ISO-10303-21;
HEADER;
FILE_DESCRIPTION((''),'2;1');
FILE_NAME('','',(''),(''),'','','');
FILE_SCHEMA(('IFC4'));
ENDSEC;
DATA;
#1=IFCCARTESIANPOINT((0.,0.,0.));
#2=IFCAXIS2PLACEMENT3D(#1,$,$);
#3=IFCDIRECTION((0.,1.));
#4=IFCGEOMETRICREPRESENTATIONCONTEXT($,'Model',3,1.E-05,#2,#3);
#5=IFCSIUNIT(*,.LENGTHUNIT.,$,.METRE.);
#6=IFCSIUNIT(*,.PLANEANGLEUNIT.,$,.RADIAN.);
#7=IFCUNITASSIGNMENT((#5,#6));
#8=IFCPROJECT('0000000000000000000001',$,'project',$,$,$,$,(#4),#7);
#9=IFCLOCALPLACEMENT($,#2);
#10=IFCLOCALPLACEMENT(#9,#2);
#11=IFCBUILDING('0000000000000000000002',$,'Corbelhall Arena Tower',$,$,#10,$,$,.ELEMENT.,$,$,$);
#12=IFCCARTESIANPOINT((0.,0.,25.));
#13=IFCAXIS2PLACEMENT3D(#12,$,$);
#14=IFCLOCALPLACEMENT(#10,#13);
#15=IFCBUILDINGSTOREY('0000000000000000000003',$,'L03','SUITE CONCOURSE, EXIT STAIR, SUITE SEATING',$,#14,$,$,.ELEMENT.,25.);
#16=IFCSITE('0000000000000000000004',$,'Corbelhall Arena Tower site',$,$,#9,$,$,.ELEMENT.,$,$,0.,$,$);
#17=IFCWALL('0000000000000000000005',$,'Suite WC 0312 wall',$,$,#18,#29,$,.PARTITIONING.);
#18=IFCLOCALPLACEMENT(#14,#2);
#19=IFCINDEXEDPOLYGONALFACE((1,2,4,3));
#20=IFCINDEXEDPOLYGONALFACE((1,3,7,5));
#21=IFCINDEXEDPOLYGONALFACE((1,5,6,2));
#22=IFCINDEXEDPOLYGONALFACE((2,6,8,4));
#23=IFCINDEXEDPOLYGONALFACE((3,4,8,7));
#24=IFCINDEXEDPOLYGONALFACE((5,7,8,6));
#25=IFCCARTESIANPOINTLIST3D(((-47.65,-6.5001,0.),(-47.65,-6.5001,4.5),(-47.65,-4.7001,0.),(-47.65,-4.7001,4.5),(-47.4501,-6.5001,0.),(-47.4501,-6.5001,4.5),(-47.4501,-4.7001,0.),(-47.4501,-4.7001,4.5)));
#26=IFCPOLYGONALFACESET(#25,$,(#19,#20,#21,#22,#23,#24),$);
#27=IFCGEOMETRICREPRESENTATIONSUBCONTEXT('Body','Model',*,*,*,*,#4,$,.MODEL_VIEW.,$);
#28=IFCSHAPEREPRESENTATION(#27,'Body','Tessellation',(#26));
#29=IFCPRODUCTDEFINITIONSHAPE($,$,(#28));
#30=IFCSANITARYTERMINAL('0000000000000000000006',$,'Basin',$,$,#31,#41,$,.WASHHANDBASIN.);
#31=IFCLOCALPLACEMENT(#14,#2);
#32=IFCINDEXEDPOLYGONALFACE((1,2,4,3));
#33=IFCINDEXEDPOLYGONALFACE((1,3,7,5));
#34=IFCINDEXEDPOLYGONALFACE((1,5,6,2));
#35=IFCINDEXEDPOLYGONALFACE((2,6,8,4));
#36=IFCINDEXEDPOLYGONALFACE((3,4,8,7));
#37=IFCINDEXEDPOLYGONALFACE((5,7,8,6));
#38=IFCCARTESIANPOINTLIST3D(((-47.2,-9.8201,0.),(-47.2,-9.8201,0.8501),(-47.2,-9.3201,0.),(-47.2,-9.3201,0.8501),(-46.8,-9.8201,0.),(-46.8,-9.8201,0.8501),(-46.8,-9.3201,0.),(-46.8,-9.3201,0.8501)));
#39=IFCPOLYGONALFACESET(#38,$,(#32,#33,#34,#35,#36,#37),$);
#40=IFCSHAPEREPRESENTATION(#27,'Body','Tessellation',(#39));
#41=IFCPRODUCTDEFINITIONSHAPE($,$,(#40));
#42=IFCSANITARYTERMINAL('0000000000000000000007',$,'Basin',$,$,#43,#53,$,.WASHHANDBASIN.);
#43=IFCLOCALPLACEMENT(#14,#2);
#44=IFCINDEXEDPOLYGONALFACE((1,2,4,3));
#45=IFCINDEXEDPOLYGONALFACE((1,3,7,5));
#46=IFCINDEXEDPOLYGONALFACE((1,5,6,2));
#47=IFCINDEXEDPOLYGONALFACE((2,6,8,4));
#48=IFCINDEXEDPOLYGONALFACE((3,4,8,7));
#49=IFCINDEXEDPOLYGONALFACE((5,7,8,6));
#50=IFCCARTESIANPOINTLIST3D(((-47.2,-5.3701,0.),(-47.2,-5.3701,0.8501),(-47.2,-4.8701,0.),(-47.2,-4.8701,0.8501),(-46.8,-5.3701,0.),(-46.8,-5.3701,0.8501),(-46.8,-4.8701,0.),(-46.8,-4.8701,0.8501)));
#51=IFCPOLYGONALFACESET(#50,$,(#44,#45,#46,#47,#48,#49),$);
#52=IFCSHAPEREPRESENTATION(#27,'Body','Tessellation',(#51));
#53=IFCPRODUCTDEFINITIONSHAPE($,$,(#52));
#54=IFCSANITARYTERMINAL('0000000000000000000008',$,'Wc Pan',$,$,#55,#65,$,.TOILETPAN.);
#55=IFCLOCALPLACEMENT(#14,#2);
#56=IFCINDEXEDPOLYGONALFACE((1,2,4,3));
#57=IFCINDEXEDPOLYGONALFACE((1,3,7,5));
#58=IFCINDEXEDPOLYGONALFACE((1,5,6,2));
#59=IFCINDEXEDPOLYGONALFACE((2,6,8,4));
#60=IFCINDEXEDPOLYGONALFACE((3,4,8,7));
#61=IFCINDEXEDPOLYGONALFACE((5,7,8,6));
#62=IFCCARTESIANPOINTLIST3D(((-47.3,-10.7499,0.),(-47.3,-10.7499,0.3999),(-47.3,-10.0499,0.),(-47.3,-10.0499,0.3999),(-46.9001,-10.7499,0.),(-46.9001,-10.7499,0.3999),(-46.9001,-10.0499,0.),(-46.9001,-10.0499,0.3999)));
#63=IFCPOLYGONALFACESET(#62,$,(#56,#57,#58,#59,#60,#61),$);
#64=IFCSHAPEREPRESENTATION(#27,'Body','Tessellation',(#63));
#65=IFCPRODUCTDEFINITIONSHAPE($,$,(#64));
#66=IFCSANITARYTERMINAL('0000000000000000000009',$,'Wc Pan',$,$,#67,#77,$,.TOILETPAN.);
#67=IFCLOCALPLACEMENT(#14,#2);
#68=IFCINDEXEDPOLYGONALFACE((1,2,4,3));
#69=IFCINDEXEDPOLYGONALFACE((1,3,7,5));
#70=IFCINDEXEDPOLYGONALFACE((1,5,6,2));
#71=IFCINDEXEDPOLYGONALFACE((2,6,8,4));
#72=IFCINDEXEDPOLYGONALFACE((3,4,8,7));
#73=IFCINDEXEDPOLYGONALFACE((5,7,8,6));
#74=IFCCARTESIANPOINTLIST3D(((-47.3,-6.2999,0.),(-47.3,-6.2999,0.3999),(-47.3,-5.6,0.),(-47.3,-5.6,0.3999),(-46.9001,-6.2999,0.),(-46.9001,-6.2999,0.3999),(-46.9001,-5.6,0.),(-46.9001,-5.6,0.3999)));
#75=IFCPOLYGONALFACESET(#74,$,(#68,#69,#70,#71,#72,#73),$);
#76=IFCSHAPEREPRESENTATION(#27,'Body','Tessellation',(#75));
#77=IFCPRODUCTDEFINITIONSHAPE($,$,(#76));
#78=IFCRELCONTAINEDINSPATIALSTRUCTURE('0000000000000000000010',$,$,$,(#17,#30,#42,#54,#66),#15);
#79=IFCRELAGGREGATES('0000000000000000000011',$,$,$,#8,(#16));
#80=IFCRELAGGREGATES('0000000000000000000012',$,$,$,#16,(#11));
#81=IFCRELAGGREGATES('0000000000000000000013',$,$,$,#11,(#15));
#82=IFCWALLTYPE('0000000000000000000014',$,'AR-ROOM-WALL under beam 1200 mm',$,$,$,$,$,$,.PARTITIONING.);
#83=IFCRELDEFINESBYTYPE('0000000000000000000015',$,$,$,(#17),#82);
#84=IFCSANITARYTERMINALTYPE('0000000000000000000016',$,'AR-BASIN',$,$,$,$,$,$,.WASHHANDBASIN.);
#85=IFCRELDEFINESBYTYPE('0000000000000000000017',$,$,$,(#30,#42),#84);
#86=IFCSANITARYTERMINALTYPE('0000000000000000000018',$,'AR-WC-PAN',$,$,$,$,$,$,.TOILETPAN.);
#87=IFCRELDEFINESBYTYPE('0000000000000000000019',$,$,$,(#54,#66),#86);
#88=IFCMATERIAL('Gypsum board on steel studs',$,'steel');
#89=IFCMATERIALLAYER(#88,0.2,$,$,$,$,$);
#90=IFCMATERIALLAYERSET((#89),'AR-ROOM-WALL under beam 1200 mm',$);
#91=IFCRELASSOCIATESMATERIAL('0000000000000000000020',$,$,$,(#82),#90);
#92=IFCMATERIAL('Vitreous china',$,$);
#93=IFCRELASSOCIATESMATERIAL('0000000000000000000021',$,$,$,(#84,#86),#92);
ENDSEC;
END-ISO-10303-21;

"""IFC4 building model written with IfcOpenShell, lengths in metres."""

from ifc_helpers import new_model, si_unit, direction, frame, frame_2d, origin, origin_2d, place, context, subcontext, project, spatial, rectangle, extrude, material, layer, layer_set, type_object, element, save


model = new_model("IFC4")

# Units and contexts
model_context = context("Model", 3, precision=1e-05, world=origin(), true_north=direction((0.0, 1.0)))
body_context = subcontext(model_context, "Body", "Model", "MODEL_VIEW")
ifc_project = project(units=[si_unit("LENGTHUNIT", "METRE"), si_unit("PLANEANGLEUNIT", "RADIAN")], contexts=[model_context])

# Site, building, storey
site_placement = place(None, origin())
site = spatial("IfcSite", under=ifc_project, at=site_placement, Name="Corbelhall Arena Tower site", CompositionType="ELEMENT", RefElevation=0.0)
building_placement = place(site_placement, origin())
building = spatial("IfcBuilding", under=site, at=building_placement, Name="Corbelhall Arena Tower", CompositionType="ELEMENT")
storey_placement = place(building_placement, frame((0.0, 0.0, 25.0)))
storey = spatial("IfcBuildingStorey", under=building, at=storey_placement, Name="L03", Description="SUITE CONCOURSE, EXIT STAIR, SUITE SEATING", CompositionType="ELEMENT", Elevation=25.0)

# Shared definitions
ifc_material_1 = material(Name="Gypsum board on steel studs", Category="steel")

# Wall
ifc_layer_1 = layer(ifc_material_1, 0.2)
ifc_layer_set_1 = layer_set([ifc_layer_1], Name="AR-ROOM-WALL under beam 1200 mm")
wall_type_1 = type_object("IfcWallType", Name="AR-ROOM-WALL under beam 1200 mm", PredefinedType="PARTITIONING", material=ifc_layer_set_1)
wall_1_placement = place(storey_placement, frame((-47.55, -6.5, 0.0), z_axis=(0.0, 0.0, 1.0), x_axis=(0.0, 1.0, 0.0)))
element("IfcWall", 1, at=wall_1_placement, inside=storey, type_object=wall_type_1, Name="Suite WC 0312 wall", PredefinedType="PARTITIONING", context=body_context, shape_type="SweptSolid", body=[
    extrude(rectangle(XDim=1.8, YDim=0.2, at=frame_2d((0.8999, 0.0))), origin(), (0.0, 0.0, 1.0), 4.5),
])

# Sanitary terminals
ifc_material_2 = material(Name="Vitreous china")
sanitary_terminal_type_1 = type_object("IfcSanitaryTerminalType", Name="AR-BASIN", PredefinedType="WASHHANDBASIN", material=ifc_material_2)
for number, where, z_axis, x_axis, name in (
    (2, (-47.0, -9.5701, 0.0), (0.0, 0.0, 1.0), (1.0, 0.0, 0.0), "Basin"),
    (3, (-47.0, -5.1201, 0.0), (0.0, 0.0, 1.0), (1.0, 0.0, 0.0), "Basin"),
):
    element("IfcSanitaryTerminal", number, at=place(storey_placement, frame(where, z_axis=z_axis, x_axis=x_axis)), inside=storey, type_object=sanitary_terminal_type_1, Name=name, PredefinedType="WASHHANDBASIN", context=body_context, shape_type="SweptSolid", body=[
        extrude(rectangle(XDim=0.3999, YDim=0.5, at=origin_2d()), origin(), (0.0, 0.0, 1.0), 0.8501),
    ])
sanitary_terminal_type_2 = type_object("IfcSanitaryTerminalType", Name="AR-WC-PAN", PredefinedType="TOILETPAN", material=ifc_material_2)
for number, where, z_axis, x_axis, name in (
    (4, (-47.1001, -10.3999, 0.0), (0.0, 0.0, 1.0), (1.0, 0.0, 0.0), "Wc Pan"),
    (5, (-47.1001, -5.95, 0.0), (0.0, 0.0, 1.0), (1.0, 0.0, 0.0), "Wc Pan"),
):
    element("IfcSanitaryTerminal", number, at=place(storey_placement, frame(where, z_axis=z_axis, x_axis=x_axis)), inside=storey, type_object=sanitary_terminal_type_2, Name=name, PredefinedType="TOILETPAN", context=body_context, shape_type="SweptSolid", body=[
        extrude(rectangle(XDim=0.3999, YDim=0.7, at=origin_2d()), origin(), (0.0, 0.0, 1.0), 0.3999),
    ])

save(model, "model.ifc")
